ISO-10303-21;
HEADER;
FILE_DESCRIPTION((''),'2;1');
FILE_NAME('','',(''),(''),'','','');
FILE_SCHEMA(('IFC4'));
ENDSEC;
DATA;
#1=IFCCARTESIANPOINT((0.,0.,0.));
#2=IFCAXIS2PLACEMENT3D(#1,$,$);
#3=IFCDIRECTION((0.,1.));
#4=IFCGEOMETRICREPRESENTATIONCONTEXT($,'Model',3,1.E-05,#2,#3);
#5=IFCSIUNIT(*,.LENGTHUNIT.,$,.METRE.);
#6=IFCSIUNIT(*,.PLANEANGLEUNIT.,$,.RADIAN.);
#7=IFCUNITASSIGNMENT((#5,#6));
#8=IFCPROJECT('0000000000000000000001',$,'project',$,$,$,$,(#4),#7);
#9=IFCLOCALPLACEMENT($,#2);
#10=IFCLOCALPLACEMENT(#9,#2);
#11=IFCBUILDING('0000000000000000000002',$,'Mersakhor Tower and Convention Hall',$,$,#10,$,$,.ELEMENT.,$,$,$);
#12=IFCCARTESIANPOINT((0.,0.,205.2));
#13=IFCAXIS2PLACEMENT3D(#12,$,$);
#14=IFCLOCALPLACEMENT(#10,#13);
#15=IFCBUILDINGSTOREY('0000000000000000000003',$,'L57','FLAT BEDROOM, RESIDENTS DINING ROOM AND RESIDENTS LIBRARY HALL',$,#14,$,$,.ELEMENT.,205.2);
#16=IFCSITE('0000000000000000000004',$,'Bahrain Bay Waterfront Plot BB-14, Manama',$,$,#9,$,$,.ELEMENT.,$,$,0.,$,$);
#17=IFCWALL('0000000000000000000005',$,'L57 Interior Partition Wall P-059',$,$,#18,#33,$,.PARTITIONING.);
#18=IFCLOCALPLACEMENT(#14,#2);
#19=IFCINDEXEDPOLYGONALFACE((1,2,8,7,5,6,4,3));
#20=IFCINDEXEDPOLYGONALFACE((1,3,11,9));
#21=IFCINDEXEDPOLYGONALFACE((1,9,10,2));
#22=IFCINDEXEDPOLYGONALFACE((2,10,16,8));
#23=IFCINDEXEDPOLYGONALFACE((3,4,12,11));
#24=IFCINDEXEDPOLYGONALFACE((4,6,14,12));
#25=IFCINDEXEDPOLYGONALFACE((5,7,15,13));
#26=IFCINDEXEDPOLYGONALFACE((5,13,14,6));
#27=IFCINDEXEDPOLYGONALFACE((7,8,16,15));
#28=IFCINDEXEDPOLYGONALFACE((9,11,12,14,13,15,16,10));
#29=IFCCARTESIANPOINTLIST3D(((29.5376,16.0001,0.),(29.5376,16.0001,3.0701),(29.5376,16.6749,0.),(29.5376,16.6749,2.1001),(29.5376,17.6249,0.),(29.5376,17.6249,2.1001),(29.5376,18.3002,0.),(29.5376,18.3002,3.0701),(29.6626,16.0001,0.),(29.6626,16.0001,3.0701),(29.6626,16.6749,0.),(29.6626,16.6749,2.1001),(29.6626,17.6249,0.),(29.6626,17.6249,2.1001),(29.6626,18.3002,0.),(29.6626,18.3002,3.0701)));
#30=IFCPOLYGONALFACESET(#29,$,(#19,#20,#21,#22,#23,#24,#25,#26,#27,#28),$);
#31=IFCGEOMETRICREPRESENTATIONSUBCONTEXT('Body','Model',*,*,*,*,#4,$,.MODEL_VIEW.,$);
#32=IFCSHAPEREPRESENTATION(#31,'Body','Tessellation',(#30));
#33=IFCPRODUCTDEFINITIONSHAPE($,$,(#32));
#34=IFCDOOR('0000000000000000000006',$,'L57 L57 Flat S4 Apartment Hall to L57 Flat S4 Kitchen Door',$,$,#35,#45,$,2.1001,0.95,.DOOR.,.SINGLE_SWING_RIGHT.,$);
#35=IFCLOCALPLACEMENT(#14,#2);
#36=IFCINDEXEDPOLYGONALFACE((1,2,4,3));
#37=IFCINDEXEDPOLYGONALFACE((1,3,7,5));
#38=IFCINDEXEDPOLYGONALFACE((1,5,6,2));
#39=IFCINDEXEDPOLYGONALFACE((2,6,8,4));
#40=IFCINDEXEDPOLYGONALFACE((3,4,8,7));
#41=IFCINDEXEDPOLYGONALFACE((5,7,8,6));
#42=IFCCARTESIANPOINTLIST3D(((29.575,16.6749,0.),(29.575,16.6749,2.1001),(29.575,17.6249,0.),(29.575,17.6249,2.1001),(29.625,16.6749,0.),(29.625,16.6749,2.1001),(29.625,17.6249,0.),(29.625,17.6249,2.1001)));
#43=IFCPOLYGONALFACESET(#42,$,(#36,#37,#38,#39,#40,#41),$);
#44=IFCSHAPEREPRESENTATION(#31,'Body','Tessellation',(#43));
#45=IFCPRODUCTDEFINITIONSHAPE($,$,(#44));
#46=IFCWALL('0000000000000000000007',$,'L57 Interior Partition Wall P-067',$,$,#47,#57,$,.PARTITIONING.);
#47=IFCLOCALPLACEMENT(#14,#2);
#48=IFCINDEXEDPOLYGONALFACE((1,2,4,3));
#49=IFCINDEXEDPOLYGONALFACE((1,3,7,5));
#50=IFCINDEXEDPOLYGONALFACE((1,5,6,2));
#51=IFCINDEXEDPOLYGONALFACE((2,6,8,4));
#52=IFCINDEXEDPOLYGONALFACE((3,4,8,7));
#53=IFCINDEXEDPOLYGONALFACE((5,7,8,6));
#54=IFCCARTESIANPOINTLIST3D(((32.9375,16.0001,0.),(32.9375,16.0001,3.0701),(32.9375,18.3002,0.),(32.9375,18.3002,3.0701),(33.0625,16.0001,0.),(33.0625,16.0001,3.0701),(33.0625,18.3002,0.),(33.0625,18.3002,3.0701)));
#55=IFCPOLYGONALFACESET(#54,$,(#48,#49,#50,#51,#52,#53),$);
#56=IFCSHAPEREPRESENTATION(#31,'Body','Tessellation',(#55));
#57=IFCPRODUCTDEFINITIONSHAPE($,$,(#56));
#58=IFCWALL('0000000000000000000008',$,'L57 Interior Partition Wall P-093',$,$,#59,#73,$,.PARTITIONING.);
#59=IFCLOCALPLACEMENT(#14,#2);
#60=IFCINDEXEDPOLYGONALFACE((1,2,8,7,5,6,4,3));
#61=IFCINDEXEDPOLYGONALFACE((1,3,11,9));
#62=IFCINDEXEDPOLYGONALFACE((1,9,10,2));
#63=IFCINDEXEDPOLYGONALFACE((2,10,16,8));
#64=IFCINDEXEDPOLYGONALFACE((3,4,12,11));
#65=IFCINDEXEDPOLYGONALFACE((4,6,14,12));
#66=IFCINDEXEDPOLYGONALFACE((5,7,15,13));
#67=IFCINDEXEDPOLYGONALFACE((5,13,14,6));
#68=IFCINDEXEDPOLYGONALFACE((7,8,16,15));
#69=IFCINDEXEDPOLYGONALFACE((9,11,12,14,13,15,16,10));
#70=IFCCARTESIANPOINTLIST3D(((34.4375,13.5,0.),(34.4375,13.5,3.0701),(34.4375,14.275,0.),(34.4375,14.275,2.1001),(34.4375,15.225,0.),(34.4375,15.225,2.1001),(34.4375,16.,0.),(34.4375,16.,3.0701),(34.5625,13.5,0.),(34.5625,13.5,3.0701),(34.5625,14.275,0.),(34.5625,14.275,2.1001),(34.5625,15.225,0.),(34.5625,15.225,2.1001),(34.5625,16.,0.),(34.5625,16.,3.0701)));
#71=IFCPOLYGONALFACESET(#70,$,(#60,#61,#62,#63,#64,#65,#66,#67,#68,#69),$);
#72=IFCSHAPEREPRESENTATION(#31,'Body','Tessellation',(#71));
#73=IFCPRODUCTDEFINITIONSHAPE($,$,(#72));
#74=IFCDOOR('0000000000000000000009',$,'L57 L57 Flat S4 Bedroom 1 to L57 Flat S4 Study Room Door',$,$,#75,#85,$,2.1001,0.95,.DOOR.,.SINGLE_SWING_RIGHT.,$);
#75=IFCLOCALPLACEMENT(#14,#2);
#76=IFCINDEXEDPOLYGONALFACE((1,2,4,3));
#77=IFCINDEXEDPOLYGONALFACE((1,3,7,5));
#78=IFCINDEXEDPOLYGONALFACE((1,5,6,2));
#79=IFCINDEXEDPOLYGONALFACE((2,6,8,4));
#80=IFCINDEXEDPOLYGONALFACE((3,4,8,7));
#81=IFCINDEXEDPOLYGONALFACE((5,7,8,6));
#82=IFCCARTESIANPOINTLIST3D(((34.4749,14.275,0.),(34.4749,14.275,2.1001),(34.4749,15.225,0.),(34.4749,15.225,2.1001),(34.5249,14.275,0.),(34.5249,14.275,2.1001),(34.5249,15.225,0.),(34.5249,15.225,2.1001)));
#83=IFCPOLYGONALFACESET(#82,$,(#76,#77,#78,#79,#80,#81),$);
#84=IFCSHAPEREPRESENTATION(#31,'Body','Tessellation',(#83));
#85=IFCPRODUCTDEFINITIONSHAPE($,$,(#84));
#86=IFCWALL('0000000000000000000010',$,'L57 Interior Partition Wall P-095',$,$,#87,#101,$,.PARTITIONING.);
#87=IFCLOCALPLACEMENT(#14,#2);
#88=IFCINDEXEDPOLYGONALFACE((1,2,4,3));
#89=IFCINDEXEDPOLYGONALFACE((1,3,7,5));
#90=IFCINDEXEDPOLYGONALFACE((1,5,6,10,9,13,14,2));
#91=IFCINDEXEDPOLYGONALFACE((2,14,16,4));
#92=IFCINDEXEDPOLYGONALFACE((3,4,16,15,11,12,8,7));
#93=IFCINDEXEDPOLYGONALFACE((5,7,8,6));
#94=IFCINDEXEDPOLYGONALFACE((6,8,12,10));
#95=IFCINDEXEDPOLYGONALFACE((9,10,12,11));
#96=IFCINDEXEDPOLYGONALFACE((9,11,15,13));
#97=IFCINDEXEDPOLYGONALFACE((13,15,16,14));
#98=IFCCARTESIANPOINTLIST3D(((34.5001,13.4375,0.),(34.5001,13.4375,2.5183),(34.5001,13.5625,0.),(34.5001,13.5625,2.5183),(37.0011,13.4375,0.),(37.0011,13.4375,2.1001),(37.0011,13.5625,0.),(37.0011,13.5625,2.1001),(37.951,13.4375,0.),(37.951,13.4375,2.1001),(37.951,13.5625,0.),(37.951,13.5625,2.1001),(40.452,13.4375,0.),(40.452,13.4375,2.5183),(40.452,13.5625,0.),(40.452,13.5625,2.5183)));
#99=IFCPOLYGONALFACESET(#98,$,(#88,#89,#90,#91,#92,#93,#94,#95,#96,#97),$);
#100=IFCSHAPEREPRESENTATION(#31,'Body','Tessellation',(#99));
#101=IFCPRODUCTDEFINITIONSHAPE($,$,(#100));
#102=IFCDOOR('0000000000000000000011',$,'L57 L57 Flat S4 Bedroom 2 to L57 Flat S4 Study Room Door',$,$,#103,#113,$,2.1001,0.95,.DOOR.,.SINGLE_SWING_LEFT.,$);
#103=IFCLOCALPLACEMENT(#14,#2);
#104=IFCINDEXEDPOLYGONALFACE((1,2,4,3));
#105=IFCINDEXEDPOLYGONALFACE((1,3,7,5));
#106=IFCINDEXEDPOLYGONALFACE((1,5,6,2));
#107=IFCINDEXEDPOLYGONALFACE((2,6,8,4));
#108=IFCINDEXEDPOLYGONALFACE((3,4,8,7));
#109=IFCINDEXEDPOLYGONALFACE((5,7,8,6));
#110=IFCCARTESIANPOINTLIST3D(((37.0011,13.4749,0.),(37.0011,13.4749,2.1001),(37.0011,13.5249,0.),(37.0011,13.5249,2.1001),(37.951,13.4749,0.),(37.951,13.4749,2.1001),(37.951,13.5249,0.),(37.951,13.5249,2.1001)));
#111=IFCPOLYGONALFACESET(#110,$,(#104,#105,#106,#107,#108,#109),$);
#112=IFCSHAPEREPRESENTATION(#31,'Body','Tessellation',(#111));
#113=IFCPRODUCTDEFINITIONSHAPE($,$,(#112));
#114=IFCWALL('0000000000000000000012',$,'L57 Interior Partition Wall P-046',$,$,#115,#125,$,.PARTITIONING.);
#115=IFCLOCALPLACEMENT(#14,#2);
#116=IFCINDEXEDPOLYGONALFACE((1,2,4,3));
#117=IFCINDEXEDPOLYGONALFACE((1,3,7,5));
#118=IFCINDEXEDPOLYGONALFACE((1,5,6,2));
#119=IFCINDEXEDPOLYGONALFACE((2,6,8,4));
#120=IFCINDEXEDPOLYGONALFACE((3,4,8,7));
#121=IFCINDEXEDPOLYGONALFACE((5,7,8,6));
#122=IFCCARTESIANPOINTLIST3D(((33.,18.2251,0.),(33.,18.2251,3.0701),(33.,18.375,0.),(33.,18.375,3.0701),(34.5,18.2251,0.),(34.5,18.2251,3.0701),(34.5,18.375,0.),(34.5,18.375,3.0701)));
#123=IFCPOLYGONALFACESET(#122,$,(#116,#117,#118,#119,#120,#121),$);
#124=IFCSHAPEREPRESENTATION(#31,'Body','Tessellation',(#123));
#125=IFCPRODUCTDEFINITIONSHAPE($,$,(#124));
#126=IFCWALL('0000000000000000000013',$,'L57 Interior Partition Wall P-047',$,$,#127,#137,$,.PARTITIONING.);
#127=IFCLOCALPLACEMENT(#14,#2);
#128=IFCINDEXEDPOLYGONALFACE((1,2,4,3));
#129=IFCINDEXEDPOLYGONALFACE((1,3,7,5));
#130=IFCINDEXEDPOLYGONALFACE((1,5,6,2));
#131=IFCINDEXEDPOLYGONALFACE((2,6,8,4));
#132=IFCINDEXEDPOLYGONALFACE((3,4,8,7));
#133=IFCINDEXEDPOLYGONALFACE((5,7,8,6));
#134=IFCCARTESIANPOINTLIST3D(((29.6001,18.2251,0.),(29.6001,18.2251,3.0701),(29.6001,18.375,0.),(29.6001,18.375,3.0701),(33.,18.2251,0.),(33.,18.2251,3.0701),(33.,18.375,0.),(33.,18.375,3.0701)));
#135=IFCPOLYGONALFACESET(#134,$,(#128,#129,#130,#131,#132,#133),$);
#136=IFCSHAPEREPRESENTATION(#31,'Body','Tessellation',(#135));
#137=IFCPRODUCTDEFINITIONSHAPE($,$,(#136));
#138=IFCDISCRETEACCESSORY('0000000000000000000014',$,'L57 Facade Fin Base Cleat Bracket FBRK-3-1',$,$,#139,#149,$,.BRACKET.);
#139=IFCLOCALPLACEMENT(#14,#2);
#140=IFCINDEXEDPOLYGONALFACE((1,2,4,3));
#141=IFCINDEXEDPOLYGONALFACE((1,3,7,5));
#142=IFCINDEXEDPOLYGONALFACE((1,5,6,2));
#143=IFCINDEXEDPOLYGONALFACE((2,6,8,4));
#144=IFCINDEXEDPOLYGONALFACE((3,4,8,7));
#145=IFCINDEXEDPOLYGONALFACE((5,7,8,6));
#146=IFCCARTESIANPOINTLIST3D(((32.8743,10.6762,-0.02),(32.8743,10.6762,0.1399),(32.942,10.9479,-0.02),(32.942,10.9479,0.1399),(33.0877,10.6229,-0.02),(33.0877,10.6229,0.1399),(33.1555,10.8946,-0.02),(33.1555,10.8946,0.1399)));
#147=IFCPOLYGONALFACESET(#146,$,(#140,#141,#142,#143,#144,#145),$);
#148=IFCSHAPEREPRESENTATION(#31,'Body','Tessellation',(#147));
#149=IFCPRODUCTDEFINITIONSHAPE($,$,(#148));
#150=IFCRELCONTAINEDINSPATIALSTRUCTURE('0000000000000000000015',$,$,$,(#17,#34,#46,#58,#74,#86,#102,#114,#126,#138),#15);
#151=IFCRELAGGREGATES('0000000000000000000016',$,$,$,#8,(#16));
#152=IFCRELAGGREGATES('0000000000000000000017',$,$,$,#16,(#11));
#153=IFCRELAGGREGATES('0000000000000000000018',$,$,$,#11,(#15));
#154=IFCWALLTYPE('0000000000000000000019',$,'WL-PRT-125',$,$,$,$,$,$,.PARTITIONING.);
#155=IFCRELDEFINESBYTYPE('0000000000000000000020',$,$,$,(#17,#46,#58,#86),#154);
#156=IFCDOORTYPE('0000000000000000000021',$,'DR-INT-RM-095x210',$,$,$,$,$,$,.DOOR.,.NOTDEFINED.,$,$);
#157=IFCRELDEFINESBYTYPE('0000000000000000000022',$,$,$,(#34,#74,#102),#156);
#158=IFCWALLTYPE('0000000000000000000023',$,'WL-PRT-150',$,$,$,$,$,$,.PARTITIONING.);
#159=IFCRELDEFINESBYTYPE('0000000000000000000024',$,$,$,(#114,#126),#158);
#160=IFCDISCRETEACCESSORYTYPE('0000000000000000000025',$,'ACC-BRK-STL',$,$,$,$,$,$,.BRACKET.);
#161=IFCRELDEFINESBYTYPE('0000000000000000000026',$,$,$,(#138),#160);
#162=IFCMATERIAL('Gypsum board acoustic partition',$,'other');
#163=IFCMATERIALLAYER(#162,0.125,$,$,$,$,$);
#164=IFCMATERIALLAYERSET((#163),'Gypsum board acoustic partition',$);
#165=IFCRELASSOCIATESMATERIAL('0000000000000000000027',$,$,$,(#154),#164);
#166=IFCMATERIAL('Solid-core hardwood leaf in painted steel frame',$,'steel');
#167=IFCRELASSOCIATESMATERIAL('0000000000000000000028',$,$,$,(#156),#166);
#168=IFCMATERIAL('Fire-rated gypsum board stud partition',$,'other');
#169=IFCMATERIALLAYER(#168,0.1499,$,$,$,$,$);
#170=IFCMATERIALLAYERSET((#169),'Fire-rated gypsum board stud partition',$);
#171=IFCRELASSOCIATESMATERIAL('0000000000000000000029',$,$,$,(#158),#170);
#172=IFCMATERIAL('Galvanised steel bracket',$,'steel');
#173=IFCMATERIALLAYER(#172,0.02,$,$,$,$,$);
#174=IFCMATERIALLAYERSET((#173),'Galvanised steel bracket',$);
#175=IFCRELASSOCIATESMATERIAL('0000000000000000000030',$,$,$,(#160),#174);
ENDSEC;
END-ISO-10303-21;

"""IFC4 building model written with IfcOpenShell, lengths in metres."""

from ifc_helpers import new_model, si_unit, direction, frame, frame_2d, origin, origin_2d, place, context, subcontext, project, spatial, rectangle, extrude, material, layer, layer_set, type_object, element, fill, save


model = new_model("IFC4")

# Units and contexts
model_context = context("Model", 3, precision=1e-05, world=origin(), true_north=direction((0.0, 1.0)))
body_context = subcontext(model_context, "Body", "Model", "MODEL_VIEW")
ifc_project = project(units=[si_unit("LENGTHUNIT", "METRE"), si_unit("PLANEANGLEUNIT", "RADIAN")], contexts=[model_context])

# Site, building, storey
site_placement = place(None, origin())
site = spatial("IfcSite", under=ifc_project, at=site_placement, Name="Bahrain Bay Waterfront Plot BB-14, Manama", CompositionType="ELEMENT", RefElevation=0.0)
building_placement = place(site_placement, origin())
building = spatial("IfcBuilding", under=site, at=building_placement, Name="Mersakhor Tower and Convention Hall", CompositionType="ELEMENT")
storey_placement = place(building_placement, frame((0.0, 0.0, 205.2)))
storey = spatial("IfcBuildingStorey", under=building, at=storey_placement, Name="L57", Description="FLAT BEDROOM, RESIDENTS DINING ROOM AND RESIDENTS LIBRARY HALL", CompositionType="ELEMENT", Elevation=205.2)

# Wall, opening, door
ifc_material_1 = material(Name="Gypsum board acoustic partition", Category="other")
ifc_layer_1 = layer(ifc_material_1, 0.125)
ifc_layer_set_1 = layer_set([ifc_layer_1], Name="Gypsum board acoustic partition")
wall_type_1 = type_object("IfcWallType", Name="WL-PRT-125", PredefinedType="PARTITIONING", material=ifc_layer_set_1)
ifc_material_2 = material(Name="Solid-core hardwood leaf in painted steel frame", Category="steel")
door_type_1 = type_object("IfcDoorType", Name="DR-INT-RM-095x210", OperationType="NOTDEFINED", PredefinedType="DOOR", material=ifc_material_2)
wall_1_placement = place(storey_placement, frame((29.6001, 18.3, 0.0), z_axis=(0.0, 0.0, 1.0), x_axis=(0.0, -1.0, 0.0)))
wall_1 = element("IfcWall", 1, at=wall_1_placement, inside=storey, type_object=wall_type_1, Name="L57 Interior Partition Wall P-059", PredefinedType="PARTITIONING", context=body_context, shape_type="SweptSolid", body=[
    extrude(rectangle(XDim=2.3, YDim=0.125, at=frame_2d((1.1499, 0.0))), origin(), (0.0, 0.0, 1.0), 3.0701),
])
opening_1_placement = place(wall_1_placement, frame((0.675, 0.0, 0.0)))
opening_1 = element("IfcOpeningElement", 2, at=opening_1_placement, cuts=wall_1, PredefinedType="OPENING", context=body_context, shape_type="SweptSolid", body=[
    extrude(rectangle(XDim=0.95, YDim=2.1001, at=frame_2d((0.4751, 1.05))), frame((0.0, 0.0725, 0.0), z_axis=(0.0, -1.0, 0.0), x_axis=(1.0, 0.0, 0.0)), (0.0, 0.0, 1.0), 0.145),
])
door_1_placement = place(opening_1_placement, origin())
door_1 = element("IfcDoor", 3, at=door_1_placement, inside=storey, type_object=door_type_1, Name="L57 L57 Flat S4 Apartment Hall to L57 Flat S4 Kitchen Door", OperationType="SINGLE_SWING_RIGHT", OverallHeight=2.1001, OverallWidth=0.95, PredefinedType="DOOR", context=body_context, shape_type="SweptSolid", body=[
    extrude(rectangle(XDim=0.95, YDim=2.1001, at=frame_2d((0.4751, 1.05))), frame((0.0, 0.0249, 0.0), z_axis=(0.0, -1.0, 0.0), x_axis=(1.0, 0.0, 0.0)), (0.0, 0.0, 1.0), 0.05),
])
fill(opening_1, door_1)

# Wall
wall_2_placement = place(storey_placement, frame((33.0, 18.3, 0.0), z_axis=(0.0, 0.0, 1.0), x_axis=(0.0, -1.0, 0.0)))
element("IfcWall", 4, at=wall_2_placement, inside=storey, type_object=wall_type_1, Name="L57 Interior Partition Wall P-067", PredefinedType="PARTITIONING", context=body_context, shape_type="SweptSolid", body=[
    extrude(rectangle(XDim=2.3, YDim=0.125, at=frame_2d((1.1499, 0.0))), origin(), (0.0, 0.0, 1.0), 3.0701),
])

# Walls, openings, doors
wall_3_placement = place(storey_placement, frame((34.5, 16.0, 0.0), z_axis=(0.0, 0.0, 1.0), x_axis=(0.0, -1.0, 0.0)))
wall_3 = element("IfcWall", 5, at=wall_3_placement, inside=storey, type_object=wall_type_1, Name="L57 Interior Partition Wall P-093", PredefinedType="PARTITIONING", context=body_context, shape_type="SweptSolid", body=[
    extrude(rectangle(XDim=2.5, YDim=0.125, at=frame_2d((1.25, 0.0))), origin(), (0.0, 0.0, 1.0), 3.0701),
])
opening_2_placement = place(wall_3_placement, frame((0.7749, 0.0, 0.0)))
opening_2 = element("IfcOpeningElement", 6, at=opening_2_placement, cuts=wall_3, PredefinedType="OPENING", context=body_context, shape_type="SweptSolid", body=[
    extrude(rectangle(XDim=0.95, YDim=2.1001, at=frame_2d((0.4751, 1.05))), frame((0.0, 0.0725, 0.0), z_axis=(0.0, -1.0, 0.0), x_axis=(1.0, 0.0, 0.0)), (0.0, 0.0, 1.0), 0.145),
])
door_2_placement = place(opening_2_placement, origin())
door_2 = element("IfcDoor", 7, at=door_2_placement, inside=storey, type_object=door_type_1, Name="L57 L57 Flat S4 Bedroom 1 to L57 Flat S4 Study Room Door", OperationType="SINGLE_SWING_RIGHT", OverallHeight=2.1001, OverallWidth=0.95, PredefinedType="DOOR", context=body_context, shape_type="SweptSolid", body=[
    extrude(rectangle(XDim=0.95, YDim=2.1001, at=frame_2d((0.4751, 1.05))), frame((0.0, 0.0249, 0.0), z_axis=(0.0, -1.0, 0.0), x_axis=(1.0, 0.0, 0.0)), (0.0, 0.0, 1.0), 0.05),
])
fill(opening_2, door_2)
wall_4_placement = place(storey_placement, frame((34.5, 13.5, 0.0), z_axis=(0.0, 0.0, 1.0), x_axis=(1.0, 0.0, 0.0)))
wall_4 = element("IfcWall", 8, at=wall_4_placement, inside=storey, type_object=wall_type_1, Name="L57 Interior Partition Wall P-095", PredefinedType="PARTITIONING", context=body_context, shape_type="SweptSolid", body=[
    extrude(rectangle(XDim=5.9519, YDim=0.125, at=frame_2d((2.9761, 0.0))), origin(), (0.0, 0.0, 1.0), 2.5183),
])
opening_3_placement = place(wall_4_placement, frame((2.501, 0.0, 0.0)))
opening_3 = element("IfcOpeningElement", 9, at=opening_3_placement, cuts=wall_4, PredefinedType="OPENING", context=body_context, shape_type="SweptSolid", body=[
    extrude(rectangle(XDim=0.95, YDim=2.1001, at=frame_2d((0.4751, 1.05))), frame((0.0, 0.0725, 0.0), z_axis=(0.0, -1.0, 0.0), x_axis=(1.0, 0.0, 0.0)), (0.0, 0.0, 1.0), 0.145),
])
door_3_placement = place(opening_3_placement, origin())
door_3 = element("IfcDoor", 10, at=door_3_placement, inside=storey, type_object=door_type_1, Name="L57 L57 Flat S4 Bedroom 2 to L57 Flat S4 Study Room Door", OperationType="SINGLE_SWING_LEFT", OverallHeight=2.1001, OverallWidth=0.95, PredefinedType="DOOR", context=body_context, shape_type="SweptSolid", body=[
    extrude(rectangle(XDim=0.95, YDim=2.1001, at=frame_2d((0.4751, 1.05))), frame((0.0, 0.0249, 0.0), z_axis=(0.0, -1.0, 0.0), x_axis=(1.0, 0.0, 0.0)), (0.0, 0.0, 1.0), 0.05),
])
fill(opening_3, door_3)

# Walls
ifc_material_3 = material(Name="Fire-rated gypsum board stud partition", Category="other")
ifc_layer_2 = layer(ifc_material_3, 0.1499)
ifc_layer_set_2 = layer_set([ifc_layer_2], Name="Fire-rated gypsum board stud partition")
wall_type_2 = type_object("IfcWallType", Name="WL-PRT-150", PredefinedType="PARTITIONING", material=ifc_layer_set_2)
wall_5_placement = place(storey_placement, frame((34.5, 18.3, 0.0), z_axis=(0.0, 0.0, 1.0), x_axis=(-1.0, 0.0, 0.0)))
element("IfcWall", 11, at=wall_5_placement, inside=storey, type_object=wall_type_2, Name="L57 Interior Partition Wall P-046", PredefinedType="PARTITIONING", context=body_context, shape_type="SweptSolid", body=[
    extrude(rectangle(XDim=1.5, YDim=0.1499, at=frame_2d((0.75, 0.0))), origin(), (0.0, 0.0, 1.0), 3.0701),
])
wall_6_placement = place(storey_placement, frame((33.0, 18.3, 0.0), z_axis=(0.0, 0.0, 1.0), x_axis=(-1.0, 0.0, 0.0)))
element("IfcWall", 12, at=wall_6_placement, inside=storey, type_object=wall_type_2, Name="L57 Interior Partition Wall P-047", PredefinedType="PARTITIONING", context=body_context, shape_type="SweptSolid", body=[
    extrude(rectangle(XDim=3.3999, YDim=0.1499, at=frame_2d((1.7, 0.0))), origin(), (0.0, 0.0, 1.0), 3.0701),
])

# Discrete accessory
ifc_material_4 = material(Name="Galvanised steel bracket", Category="steel")
ifc_layer_3 = layer(ifc_material_4, 0.02)
ifc_layer_set_3 = layer_set([ifc_layer_3], Name="Galvanised steel bracket")
discrete_accessory_type = type_object("IfcDiscreteAccessoryType", Name="ACC-BRK-STL", PredefinedType="BRACKET", material=ifc_layer_set_3)
discrete_accessory_placement = place(storey_placement, frame((33.0149, 10.7854, -0.02), z_axis=(0.0, 0.0, 1.0), x_axis=(-0.241922, -0.970296, 0.0)))
element("IfcDiscreteAccessory", 13, at=discrete_accessory_placement, inside=storey, type_object=discrete_accessory_type, Name="L57 Facade Fin Base Cleat Bracket FBRK-3-1", PredefinedType="BRACKET", context=body_context, shape_type="SweptSolid", body=[
    extrude(rectangle(XDim=0.28, YDim=0.22, at=origin_2d()), origin(), (0.0, 0.0, 1.0), 0.1599),
])

save(model, "model.ifc")
